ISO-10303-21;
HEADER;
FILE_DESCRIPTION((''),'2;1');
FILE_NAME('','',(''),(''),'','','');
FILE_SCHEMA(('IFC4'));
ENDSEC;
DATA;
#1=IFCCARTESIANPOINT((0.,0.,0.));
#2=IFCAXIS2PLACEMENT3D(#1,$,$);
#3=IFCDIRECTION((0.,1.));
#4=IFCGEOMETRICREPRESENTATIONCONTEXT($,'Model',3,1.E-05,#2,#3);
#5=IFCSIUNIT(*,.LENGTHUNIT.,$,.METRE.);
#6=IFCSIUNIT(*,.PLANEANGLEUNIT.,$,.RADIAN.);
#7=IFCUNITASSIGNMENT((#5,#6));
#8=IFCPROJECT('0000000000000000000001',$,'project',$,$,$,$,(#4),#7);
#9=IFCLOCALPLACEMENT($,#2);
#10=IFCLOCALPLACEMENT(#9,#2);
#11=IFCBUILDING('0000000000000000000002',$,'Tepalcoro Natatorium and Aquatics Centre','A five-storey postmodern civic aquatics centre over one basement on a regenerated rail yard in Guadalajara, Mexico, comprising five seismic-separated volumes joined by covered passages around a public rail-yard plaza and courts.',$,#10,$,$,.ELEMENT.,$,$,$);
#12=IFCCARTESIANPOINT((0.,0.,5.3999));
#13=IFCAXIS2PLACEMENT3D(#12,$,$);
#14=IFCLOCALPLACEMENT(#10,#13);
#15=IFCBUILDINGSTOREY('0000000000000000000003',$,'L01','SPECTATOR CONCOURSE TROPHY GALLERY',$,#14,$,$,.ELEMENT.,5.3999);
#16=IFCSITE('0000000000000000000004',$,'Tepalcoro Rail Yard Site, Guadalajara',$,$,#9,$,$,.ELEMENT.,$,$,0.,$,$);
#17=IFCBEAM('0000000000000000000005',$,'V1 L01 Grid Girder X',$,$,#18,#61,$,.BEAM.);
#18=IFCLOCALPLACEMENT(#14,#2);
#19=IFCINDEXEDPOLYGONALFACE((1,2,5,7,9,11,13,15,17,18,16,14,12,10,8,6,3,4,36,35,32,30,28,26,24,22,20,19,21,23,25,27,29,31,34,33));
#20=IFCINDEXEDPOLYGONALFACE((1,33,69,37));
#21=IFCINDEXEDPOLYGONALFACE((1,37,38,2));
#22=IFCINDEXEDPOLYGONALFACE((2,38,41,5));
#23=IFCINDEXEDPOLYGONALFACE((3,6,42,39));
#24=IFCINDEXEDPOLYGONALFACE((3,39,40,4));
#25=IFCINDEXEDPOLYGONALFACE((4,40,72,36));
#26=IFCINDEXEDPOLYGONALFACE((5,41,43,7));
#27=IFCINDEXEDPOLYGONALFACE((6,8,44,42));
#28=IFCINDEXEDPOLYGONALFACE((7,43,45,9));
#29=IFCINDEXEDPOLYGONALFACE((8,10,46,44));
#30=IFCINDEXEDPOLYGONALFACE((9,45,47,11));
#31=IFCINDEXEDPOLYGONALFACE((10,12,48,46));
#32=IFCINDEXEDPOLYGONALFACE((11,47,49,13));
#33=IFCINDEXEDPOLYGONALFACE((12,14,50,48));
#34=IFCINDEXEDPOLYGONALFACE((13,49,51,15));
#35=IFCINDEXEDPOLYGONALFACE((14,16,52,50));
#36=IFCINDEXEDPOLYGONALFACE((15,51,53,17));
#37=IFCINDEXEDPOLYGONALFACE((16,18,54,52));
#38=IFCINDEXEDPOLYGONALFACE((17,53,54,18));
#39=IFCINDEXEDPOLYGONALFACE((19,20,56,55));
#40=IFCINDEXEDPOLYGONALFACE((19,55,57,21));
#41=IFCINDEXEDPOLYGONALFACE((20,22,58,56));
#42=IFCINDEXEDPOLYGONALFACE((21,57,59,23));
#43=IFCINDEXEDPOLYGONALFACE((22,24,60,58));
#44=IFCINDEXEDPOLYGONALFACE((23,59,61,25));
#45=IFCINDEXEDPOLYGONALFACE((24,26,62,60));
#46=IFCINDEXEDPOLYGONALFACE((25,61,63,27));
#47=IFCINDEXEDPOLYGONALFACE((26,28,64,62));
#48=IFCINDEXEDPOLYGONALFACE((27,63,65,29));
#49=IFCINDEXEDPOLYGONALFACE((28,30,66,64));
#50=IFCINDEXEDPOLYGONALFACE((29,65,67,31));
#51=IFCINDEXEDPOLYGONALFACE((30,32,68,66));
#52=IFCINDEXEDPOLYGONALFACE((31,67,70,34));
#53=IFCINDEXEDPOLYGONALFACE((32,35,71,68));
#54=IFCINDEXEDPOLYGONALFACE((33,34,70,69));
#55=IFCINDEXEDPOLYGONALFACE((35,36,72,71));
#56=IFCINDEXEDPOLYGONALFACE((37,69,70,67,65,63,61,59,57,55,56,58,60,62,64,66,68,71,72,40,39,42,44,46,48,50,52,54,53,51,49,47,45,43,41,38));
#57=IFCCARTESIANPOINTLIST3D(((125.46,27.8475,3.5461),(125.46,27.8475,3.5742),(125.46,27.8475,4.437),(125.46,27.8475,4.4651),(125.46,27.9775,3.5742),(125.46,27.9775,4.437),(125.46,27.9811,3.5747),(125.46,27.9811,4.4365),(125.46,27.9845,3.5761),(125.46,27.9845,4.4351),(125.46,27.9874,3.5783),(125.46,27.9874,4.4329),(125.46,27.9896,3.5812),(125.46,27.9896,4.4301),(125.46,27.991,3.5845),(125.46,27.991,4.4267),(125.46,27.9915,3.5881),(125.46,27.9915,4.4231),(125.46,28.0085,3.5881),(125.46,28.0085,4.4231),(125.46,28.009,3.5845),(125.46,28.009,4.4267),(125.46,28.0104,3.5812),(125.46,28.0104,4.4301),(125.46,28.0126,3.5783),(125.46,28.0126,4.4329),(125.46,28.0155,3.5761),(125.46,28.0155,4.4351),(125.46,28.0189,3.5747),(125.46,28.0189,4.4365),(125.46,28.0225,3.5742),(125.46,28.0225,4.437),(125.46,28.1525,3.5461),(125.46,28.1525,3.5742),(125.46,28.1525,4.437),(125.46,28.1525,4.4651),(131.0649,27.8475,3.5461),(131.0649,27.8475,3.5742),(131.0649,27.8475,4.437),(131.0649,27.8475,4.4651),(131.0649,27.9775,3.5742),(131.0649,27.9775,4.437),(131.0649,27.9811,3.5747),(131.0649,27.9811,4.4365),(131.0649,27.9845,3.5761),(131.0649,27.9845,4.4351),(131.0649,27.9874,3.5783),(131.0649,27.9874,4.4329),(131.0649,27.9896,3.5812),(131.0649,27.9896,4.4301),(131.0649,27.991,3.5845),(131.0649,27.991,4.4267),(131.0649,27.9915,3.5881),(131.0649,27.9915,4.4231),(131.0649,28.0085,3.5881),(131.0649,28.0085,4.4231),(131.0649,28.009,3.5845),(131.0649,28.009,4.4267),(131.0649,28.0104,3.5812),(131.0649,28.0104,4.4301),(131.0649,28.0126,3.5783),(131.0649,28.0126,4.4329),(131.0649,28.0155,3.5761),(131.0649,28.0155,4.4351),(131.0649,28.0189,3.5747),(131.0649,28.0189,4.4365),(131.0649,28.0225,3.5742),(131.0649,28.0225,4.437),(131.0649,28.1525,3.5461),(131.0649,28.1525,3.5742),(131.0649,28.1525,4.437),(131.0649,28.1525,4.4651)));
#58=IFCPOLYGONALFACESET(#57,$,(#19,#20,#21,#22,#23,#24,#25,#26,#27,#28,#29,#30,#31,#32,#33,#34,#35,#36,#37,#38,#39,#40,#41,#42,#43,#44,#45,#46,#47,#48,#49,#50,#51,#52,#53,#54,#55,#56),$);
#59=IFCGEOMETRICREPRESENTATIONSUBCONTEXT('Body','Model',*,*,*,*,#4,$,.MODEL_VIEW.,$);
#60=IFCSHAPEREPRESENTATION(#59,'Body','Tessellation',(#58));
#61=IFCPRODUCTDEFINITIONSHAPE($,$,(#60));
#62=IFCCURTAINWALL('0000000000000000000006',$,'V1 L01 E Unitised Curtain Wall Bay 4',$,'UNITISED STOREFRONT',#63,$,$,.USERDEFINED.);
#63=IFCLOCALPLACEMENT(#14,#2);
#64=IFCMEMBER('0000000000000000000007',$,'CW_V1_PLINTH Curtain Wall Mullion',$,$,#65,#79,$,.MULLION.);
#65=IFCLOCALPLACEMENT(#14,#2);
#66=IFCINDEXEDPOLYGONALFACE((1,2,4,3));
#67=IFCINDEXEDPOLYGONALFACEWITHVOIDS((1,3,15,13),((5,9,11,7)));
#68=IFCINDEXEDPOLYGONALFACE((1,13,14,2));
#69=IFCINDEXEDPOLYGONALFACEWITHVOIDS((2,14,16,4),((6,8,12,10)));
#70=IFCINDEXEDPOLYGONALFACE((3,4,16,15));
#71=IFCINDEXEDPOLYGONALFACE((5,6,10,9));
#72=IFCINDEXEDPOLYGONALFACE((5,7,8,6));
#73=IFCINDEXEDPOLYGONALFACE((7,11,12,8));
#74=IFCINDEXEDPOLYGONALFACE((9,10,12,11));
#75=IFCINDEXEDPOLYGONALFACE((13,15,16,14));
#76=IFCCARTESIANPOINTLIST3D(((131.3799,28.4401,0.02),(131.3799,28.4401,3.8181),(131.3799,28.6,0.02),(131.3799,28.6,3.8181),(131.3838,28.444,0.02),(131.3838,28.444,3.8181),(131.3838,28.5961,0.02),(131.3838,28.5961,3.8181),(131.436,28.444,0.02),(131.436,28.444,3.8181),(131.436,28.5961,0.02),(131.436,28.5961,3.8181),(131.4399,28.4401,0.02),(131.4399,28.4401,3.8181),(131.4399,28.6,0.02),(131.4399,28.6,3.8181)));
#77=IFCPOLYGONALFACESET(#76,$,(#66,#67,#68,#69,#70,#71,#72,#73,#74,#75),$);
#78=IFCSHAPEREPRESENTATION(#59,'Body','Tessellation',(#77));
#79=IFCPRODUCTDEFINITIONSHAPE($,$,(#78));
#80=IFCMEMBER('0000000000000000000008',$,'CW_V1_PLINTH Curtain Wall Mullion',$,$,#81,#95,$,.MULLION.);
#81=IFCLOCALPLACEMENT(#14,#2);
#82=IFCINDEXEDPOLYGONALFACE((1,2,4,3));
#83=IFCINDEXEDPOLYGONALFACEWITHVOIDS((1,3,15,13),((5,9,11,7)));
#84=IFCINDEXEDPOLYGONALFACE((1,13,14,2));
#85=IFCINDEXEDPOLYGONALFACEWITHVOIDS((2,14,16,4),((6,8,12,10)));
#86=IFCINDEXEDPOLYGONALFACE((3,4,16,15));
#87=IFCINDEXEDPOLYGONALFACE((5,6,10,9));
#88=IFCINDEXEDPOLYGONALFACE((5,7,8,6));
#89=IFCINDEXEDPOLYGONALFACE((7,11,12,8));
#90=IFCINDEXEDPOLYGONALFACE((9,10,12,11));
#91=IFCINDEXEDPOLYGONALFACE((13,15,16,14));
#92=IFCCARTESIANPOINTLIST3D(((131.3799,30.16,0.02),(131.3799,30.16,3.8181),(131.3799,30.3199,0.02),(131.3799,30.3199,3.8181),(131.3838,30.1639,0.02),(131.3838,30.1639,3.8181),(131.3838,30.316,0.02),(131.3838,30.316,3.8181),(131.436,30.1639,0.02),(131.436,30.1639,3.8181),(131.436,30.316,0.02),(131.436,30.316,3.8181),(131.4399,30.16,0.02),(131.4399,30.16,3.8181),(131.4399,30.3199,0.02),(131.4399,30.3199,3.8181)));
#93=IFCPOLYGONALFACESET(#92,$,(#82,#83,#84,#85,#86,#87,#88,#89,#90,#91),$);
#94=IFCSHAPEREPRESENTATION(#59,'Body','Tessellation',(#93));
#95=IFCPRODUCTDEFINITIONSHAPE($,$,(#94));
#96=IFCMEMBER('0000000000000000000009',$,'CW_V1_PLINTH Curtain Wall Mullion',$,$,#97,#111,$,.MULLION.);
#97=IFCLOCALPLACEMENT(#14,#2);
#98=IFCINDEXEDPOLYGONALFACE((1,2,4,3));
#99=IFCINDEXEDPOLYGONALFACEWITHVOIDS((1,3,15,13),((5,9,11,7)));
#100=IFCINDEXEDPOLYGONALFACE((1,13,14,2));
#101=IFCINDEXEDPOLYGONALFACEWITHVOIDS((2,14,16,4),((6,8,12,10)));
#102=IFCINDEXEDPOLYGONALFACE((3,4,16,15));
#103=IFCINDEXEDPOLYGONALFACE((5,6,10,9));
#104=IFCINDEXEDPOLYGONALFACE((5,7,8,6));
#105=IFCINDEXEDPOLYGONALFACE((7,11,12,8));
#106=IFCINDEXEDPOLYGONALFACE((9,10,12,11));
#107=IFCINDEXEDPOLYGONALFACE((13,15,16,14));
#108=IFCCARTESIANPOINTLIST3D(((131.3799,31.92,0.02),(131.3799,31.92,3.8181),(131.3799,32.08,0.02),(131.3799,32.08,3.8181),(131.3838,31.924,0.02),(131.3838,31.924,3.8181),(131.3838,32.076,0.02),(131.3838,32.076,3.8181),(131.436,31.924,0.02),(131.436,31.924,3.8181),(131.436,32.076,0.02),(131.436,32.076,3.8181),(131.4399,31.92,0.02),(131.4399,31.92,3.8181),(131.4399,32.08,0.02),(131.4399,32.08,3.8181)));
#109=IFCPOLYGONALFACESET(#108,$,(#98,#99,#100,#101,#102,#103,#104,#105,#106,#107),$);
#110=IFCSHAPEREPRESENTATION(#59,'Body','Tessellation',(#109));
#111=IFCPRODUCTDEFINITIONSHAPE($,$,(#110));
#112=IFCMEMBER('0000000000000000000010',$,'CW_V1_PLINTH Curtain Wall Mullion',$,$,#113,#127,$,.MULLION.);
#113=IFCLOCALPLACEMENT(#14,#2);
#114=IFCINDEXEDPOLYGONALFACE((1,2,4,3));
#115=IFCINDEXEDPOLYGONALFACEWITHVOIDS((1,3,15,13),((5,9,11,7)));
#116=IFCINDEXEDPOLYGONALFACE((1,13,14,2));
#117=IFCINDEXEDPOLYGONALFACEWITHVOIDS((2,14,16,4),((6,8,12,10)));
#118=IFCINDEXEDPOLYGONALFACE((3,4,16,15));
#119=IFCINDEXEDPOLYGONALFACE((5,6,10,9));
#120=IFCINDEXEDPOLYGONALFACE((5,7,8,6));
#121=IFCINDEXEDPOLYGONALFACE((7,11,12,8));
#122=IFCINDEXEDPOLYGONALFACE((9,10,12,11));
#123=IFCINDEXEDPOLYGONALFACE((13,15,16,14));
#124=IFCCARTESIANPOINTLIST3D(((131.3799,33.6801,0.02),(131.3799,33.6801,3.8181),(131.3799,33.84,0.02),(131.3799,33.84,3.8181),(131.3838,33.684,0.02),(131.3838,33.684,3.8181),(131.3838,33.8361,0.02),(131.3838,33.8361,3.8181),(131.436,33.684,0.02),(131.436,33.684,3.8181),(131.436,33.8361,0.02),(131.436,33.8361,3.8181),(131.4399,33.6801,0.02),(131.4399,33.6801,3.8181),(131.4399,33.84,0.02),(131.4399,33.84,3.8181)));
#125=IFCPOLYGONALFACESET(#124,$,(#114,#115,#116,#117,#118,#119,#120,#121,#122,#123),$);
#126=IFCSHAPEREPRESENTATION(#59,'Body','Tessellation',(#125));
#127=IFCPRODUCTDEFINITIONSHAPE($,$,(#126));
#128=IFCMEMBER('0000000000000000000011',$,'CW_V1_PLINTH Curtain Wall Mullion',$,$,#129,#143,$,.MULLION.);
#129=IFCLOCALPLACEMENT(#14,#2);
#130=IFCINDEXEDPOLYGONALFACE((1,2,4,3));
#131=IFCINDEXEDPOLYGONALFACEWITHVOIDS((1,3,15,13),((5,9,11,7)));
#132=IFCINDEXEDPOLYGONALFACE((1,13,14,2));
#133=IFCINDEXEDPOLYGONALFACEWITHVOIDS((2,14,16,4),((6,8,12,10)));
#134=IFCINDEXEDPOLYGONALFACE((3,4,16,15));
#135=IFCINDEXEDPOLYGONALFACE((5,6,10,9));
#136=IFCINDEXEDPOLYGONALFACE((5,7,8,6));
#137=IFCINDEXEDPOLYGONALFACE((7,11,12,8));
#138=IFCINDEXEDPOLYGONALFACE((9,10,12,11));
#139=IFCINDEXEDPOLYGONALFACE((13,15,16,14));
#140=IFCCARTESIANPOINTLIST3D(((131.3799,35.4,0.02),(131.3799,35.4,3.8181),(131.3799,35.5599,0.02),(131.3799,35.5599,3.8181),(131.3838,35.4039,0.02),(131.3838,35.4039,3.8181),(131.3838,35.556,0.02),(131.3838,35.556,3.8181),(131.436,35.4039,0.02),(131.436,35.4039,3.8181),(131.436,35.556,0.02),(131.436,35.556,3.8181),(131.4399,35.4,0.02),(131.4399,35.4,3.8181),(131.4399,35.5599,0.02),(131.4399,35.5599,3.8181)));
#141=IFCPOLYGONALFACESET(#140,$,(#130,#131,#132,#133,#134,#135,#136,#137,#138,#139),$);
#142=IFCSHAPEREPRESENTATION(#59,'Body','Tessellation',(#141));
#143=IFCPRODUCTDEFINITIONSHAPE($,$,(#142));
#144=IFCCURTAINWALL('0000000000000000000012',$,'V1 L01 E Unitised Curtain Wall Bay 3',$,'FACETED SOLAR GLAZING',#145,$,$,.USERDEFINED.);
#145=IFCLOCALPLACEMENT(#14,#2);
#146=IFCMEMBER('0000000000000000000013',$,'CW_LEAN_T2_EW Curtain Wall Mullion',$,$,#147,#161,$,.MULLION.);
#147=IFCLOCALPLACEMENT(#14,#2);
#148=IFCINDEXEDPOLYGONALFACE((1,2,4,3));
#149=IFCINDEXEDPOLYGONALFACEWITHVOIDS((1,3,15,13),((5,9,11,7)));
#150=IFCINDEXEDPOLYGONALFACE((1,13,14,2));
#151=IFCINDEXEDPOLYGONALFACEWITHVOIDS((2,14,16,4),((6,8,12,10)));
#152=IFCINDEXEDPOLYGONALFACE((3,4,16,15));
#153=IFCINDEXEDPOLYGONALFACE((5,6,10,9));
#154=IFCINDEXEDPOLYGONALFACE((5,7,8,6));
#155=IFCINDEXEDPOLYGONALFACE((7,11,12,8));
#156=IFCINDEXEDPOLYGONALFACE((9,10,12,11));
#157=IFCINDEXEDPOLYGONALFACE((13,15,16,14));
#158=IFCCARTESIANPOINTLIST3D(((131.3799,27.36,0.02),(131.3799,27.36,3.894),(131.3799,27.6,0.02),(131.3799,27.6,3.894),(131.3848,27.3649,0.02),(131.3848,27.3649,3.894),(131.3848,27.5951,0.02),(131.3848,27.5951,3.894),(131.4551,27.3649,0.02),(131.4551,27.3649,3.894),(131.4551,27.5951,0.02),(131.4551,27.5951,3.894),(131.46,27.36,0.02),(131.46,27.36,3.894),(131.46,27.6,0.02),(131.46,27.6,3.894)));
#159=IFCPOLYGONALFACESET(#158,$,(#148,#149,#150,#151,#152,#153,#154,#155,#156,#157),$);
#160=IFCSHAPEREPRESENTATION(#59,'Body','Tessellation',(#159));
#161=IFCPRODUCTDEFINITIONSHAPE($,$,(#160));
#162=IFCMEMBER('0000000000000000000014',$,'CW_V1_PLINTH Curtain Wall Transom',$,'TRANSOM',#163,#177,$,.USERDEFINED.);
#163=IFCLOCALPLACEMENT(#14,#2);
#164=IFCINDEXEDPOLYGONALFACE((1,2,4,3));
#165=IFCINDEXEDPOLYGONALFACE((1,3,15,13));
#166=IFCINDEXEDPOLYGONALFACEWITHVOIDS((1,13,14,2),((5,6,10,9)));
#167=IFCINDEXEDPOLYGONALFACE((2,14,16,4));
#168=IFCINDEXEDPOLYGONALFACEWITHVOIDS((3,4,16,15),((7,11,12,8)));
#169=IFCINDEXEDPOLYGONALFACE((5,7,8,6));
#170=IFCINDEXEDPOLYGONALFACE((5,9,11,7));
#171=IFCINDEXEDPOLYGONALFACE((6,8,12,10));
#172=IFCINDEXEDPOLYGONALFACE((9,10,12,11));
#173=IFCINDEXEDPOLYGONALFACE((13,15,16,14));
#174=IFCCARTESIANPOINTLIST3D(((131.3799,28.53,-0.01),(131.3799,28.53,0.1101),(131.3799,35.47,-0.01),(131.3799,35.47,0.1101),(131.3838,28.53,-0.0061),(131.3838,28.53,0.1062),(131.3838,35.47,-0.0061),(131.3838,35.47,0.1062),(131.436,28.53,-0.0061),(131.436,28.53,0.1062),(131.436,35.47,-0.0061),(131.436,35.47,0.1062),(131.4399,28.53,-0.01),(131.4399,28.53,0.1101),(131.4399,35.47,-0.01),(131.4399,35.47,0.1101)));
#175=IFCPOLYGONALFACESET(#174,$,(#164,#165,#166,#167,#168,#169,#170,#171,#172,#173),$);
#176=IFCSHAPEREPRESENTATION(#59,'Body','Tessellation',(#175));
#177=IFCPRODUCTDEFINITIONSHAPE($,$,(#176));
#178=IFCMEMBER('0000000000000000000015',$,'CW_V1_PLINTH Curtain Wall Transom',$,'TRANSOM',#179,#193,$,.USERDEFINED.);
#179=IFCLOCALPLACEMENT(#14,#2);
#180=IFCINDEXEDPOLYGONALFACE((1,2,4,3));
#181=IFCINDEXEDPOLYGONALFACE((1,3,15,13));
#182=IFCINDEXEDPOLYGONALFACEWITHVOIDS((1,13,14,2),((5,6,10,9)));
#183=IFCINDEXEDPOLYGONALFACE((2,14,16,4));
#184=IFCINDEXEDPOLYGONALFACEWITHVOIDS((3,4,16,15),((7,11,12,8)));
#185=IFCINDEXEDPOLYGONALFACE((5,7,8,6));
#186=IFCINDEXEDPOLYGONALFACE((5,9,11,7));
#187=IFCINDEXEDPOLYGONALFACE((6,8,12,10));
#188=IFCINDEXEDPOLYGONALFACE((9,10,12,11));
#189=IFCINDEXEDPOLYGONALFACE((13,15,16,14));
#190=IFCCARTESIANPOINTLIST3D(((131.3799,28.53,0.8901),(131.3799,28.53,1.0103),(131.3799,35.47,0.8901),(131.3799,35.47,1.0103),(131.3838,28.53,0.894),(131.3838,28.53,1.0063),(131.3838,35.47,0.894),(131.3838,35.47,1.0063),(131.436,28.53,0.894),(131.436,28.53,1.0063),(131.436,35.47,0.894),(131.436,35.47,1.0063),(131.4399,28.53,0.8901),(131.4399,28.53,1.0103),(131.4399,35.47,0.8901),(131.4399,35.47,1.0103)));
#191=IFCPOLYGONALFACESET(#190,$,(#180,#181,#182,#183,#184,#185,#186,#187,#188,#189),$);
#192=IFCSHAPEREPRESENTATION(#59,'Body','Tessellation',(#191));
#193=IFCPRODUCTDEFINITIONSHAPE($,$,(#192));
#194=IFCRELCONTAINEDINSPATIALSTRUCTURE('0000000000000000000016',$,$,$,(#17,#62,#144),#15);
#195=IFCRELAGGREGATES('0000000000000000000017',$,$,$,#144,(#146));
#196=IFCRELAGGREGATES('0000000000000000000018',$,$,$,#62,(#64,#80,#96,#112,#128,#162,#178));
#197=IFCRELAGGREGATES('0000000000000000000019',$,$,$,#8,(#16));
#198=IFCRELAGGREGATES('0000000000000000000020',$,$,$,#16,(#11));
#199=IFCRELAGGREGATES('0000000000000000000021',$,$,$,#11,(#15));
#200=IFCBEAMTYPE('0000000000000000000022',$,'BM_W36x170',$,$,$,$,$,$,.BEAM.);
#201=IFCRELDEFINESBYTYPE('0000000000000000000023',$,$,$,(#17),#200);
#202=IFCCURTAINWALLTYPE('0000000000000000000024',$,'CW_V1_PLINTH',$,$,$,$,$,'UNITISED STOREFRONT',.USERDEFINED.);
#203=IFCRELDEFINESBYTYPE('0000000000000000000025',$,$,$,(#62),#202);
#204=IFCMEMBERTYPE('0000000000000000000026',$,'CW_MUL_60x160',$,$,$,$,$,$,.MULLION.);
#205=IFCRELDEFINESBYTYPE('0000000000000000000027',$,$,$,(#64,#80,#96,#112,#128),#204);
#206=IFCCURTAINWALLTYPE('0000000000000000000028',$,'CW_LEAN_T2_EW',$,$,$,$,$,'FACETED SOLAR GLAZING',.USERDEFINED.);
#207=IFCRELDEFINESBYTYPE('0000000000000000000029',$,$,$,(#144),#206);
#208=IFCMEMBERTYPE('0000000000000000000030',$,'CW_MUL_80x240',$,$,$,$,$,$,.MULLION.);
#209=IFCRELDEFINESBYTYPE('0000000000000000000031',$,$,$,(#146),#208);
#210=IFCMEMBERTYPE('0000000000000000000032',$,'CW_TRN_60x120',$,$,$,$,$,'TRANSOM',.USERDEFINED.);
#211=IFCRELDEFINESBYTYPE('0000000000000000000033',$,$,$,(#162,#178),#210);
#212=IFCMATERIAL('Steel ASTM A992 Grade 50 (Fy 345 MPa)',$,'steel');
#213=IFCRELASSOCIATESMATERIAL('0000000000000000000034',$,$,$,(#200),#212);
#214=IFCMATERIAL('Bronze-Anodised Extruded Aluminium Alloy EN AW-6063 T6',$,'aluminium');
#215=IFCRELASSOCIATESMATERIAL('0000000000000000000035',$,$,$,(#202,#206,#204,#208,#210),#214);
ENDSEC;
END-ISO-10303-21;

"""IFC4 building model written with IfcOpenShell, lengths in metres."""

from ifc_helpers import new_model, si_unit, direction, frame, origin, origin_2d, place, context, subcontext, project, spatial, hollow_rectangle, i_section, extrude, material, material_profile, profile_set, type_object, element, aggregate, save


model = new_model("IFC4")

# Units and contexts
model_context = context("Model", 3, precision=1e-05, world=origin(), true_north=direction((0.0, 1.0)))
body_context = subcontext(model_context, "Body", "Model", "MODEL_VIEW")
ifc_project = project(units=[si_unit("LENGTHUNIT", "METRE"), si_unit("PLANEANGLEUNIT", "RADIAN")], contexts=[model_context])

# Site, building, storey
site_placement = place(None, origin())
site = spatial("IfcSite", under=ifc_project, at=site_placement, Name="Tepalcoro Rail Yard Site, Guadalajara", CompositionType="ELEMENT", RefElevation=0.0)
building_placement = place(site_placement, origin())
building = spatial("IfcBuilding", under=site, at=building_placement, Name="Tepalcoro Natatorium and Aquatics Centre", Description="A five-storey postmodern civic aquatics centre over one basement on a regenerated rail yard in Guadalajara, Mexico, comprising five seismic-separated volumes joined by covered passages around a public rail-yard plaza and courts.", CompositionType="ELEMENT")
storey_placement = place(building_placement, frame((0.0, 0.0, 5.3999)))
storey = spatial("IfcBuildingStorey", under=building, at=storey_placement, Name="L01", Description="SPECTATOR CONCOURSE TROPHY GALLERY", CompositionType="ELEMENT", Elevation=5.3999)

# Beam
ifc_material_1 = material(Name="Steel ASTM A992 Grade 50 (Fy 345 MPa)", Category="steel")
ifc_material_profile_1 = material_profile(ifc_material_1, i_section(OverallWidth=0.3049, OverallDepth=0.9189, WebThickness=0.0171, FlangeThickness=0.0281, FilletRadius=0.0139, at=origin_2d()), Name="W36X170")
ifc_profile_set_1 = profile_set([ifc_material_profile_1], Name="Steel ASTM A992 Grade 50 (Fy 345 MPa)")
beam_type_1 = type_object("IfcBeamType", Name="BM_W36x170", PredefinedType="BEAM", material=ifc_profile_set_1)
beam_1_placement = place(storey_placement, frame((125.46, 28.0, 4.0056), z_axis=(1.0, 0.0, 0.0), x_axis=(0.0, 1.0, 0.0)))
element("IfcBeam", 1, at=beam_1_placement, inside=storey, type_object=beam_type_1, Name="V1 L01 Grid Girder X", PredefinedType="BEAM", context=body_context, shape_type="SweptSolid", body=[
    extrude(i_section(OverallWidth=0.3049, OverallDepth=0.9189, WebThickness=0.0171, FlangeThickness=0.0281, FilletRadius=0.0139, at=origin_2d()), origin(), (0.0, 0.0, 1.0), 5.605),
])

# Curtain wall, members
ifc_material_2 = material(Name="Bronze-Anodised Extruded Aluminium Alloy EN AW-6063 T6", Category="aluminium")
curtain_wall_type_1 = type_object("IfcCurtainWallType", Name="CW_V1_PLINTH", ElementType="UNITISED STOREFRONT", PredefinedType="USERDEFINED", material=ifc_material_2)
curtain_wall_1_placement = place(storey_placement, origin())
curtain_wall_1 = element("IfcCurtainWall", 2, at=curtain_wall_1_placement, inside=storey, type_object=curtain_wall_type_1, Name="V1 L01 E Unitised Curtain Wall Bay 4", ObjectType="UNITISED STOREFRONT", PredefinedType="USERDEFINED")
ifc_material_profile_2 = material_profile(ifc_material_2, hollow_rectangle(XDim=0.0601, YDim=0.1599, WallThickness=0.0039, at=origin_2d()), Name="AL60X160X4")
ifc_profile_set_2 = profile_set([ifc_material_profile_2], Name="Bronze-Anodised Extruded Aluminium Alloy EN AW-6063 T6")
member_type_1 = type_object("IfcMemberType", Name="CW_MUL_60x160", PredefinedType="MULLION", material=ifc_profile_set_2)
member_1_placement = place(storey_placement, frame((131.4099, 28.52, 0.02), z_axis=(0.0, 0.0, 1.0), x_axis=(1.0, 0.0, 0.0)))
member_1 = element("IfcMember", 3, at=member_1_placement, type_object=member_type_1, Name="CW_V1_PLINTH Curtain Wall Mullion", PredefinedType="MULLION", context=body_context, shape_type="SweptSolid", body=[
    extrude(hollow_rectangle(XDim=0.0601, YDim=0.1599, WallThickness=0.0039, at=origin_2d()), origin(), (0.0, 0.0, 1.0), 3.7981),
])
member_2_placement = place(storey_placement, frame((131.4099, 30.24, 0.02), z_axis=(0.0, 0.0, 1.0), x_axis=(1.0, 0.0, 0.0)))
member_2 = element("IfcMember", 4, at=member_2_placement, type_object=member_type_1, Name="CW_V1_PLINTH Curtain Wall Mullion", PredefinedType="MULLION", context=body_context, shape_type="SweptSolid", body=[
    extrude(hollow_rectangle(XDim=0.0601, YDim=0.1599, WallThickness=0.0039, at=origin_2d()), origin(), (0.0, 0.0, 1.0), 3.7981),
])
member_3_placement = place(storey_placement, frame((131.4099, 32.0, 0.02), z_axis=(0.0, 0.0, 1.0), x_axis=(1.0, 0.0, 0.0)))
member_3 = element("IfcMember", 5, at=member_3_placement, type_object=member_type_1, Name="CW_V1_PLINTH Curtain Wall Mullion", PredefinedType="MULLION", context=body_context, shape_type="SweptSolid", body=[
    extrude(hollow_rectangle(XDim=0.0601, YDim=0.1599, WallThickness=0.0039, at=origin_2d()), origin(), (0.0, 0.0, 1.0), 3.7981),
])
member_4_placement = place(storey_placement, frame((131.4099, 33.76, 0.02), z_axis=(0.0, 0.0, 1.0), x_axis=(1.0, 0.0, 0.0)))
member_4 = element("IfcMember", 6, at=member_4_placement, type_object=member_type_1, Name="CW_V1_PLINTH Curtain Wall Mullion", PredefinedType="MULLION", context=body_context, shape_type="SweptSolid", body=[
    extrude(hollow_rectangle(XDim=0.0601, YDim=0.1599, WallThickness=0.0039, at=origin_2d()), origin(), (0.0, 0.0, 1.0), 3.7981),
])
member_5_placement = place(storey_placement, frame((131.4099, 35.48, 0.02), z_axis=(0.0, 0.0, 1.0), x_axis=(1.0, 0.0, 0.0)))
member_5 = element("IfcMember", 7, at=member_5_placement, type_object=member_type_1, Name="CW_V1_PLINTH Curtain Wall Mullion", PredefinedType="MULLION", context=body_context, shape_type="SweptSolid", body=[
    extrude(hollow_rectangle(XDim=0.0601, YDim=0.1599, WallThickness=0.0039, at=origin_2d()), origin(), (0.0, 0.0, 1.0), 3.7981),
])

# Curtain wall, member
curtain_wall_type_2 = type_object("IfcCurtainWallType", Name="CW_LEAN_T2_EW", ElementType="FACETED SOLAR GLAZING", PredefinedType="USERDEFINED", material=ifc_material_2)
curtain_wall_2_placement = place(storey_placement, origin())
curtain_wall_2 = element("IfcCurtainWall", 8, at=curtain_wall_2_placement, inside=storey, type_object=curtain_wall_type_2, Name="V1 L01 E Unitised Curtain Wall Bay 3", ObjectType="FACETED SOLAR GLAZING", PredefinedType="USERDEFINED")
ifc_material_profile_3 = material_profile(ifc_material_2, hollow_rectangle(XDim=0.0801, YDim=0.24, WallThickness=0.0049, at=origin_2d()), Name="AL80X240X5")
ifc_profile_set_3 = profile_set([ifc_material_profile_3], Name="Bronze-Anodised Extruded Aluminium Alloy EN AW-6063 T6")
member_type_2 = type_object("IfcMemberType", Name="CW_MUL_80x240", PredefinedType="MULLION", material=ifc_profile_set_3)
member_6_placement = place(storey_placement, frame((131.4199, 27.48, 0.02), z_axis=(0.0, 0.0, 1.0), x_axis=(1.0, 0.0, 0.0)))
member_6 = element("IfcMember", 9, at=member_6_placement, type_object=member_type_2, Name="CW_LEAN_T2_EW Curtain Wall Mullion", PredefinedType="MULLION", context=body_context, shape_type="SweptSolid", body=[
    extrude(hollow_rectangle(XDim=0.0801, YDim=0.24, WallThickness=0.0049, at=origin_2d()), origin(), (0.0, 0.0, 1.0), 3.874),
])

# Members
ifc_material_profile_4 = material_profile(ifc_material_2, hollow_rectangle(XDim=0.0601, YDim=0.1201, WallThickness=0.0039, at=origin_2d()), Name="AL60X120X4")
ifc_profile_set_4 = profile_set([ifc_material_profile_4], Name="Bronze-Anodised Extruded Aluminium Alloy EN AW-6063 T6")
member_type_3 = type_object("IfcMemberType", Name="CW_TRN_60x120", ElementType="TRANSOM", PredefinedType="USERDEFINED", material=ifc_profile_set_4)
member_7_placement = place(storey_placement, frame((131.4099, 28.53, 0.05), z_axis=(0.0, 1.0, 0.0), x_axis=(-1.0, 0.0, 0.0)))
member_7 = element("IfcMember", 10, at=member_7_placement, type_object=member_type_3, Name="CW_V1_PLINTH Curtain Wall Transom", ObjectType="TRANSOM", PredefinedType="USERDEFINED", context=body_context, shape_type="SweptSolid", body=[
    extrude(hollow_rectangle(XDim=0.0601, YDim=0.1201, WallThickness=0.0039, at=origin_2d()), origin(), (0.0, 0.0, 1.0), 6.9399),
])
member_8_placement = place(storey_placement, frame((131.4099, 28.53, 0.9502), z_axis=(0.0, 1.0, 0.0), x_axis=(-1.0, 0.0, 0.0)))
member_8 = element("IfcMember", 11, at=member_8_placement, type_object=member_type_3, Name="CW_V1_PLINTH Curtain Wall Transom", ObjectType="TRANSOM", PredefinedType="USERDEFINED", context=body_context, shape_type="SweptSolid", body=[
    extrude(hollow_rectangle(XDim=0.0601, YDim=0.1201, WallThickness=0.0039, at=origin_2d()), origin(), (0.0, 0.0, 1.0), 6.9399),
])

aggregate(curtain_wall_2, [member_6])
aggregate(curtain_wall_1, [member_1, member_2, member_3, member_4, member_5, member_7, member_8])

save(model, "model.ifc")
